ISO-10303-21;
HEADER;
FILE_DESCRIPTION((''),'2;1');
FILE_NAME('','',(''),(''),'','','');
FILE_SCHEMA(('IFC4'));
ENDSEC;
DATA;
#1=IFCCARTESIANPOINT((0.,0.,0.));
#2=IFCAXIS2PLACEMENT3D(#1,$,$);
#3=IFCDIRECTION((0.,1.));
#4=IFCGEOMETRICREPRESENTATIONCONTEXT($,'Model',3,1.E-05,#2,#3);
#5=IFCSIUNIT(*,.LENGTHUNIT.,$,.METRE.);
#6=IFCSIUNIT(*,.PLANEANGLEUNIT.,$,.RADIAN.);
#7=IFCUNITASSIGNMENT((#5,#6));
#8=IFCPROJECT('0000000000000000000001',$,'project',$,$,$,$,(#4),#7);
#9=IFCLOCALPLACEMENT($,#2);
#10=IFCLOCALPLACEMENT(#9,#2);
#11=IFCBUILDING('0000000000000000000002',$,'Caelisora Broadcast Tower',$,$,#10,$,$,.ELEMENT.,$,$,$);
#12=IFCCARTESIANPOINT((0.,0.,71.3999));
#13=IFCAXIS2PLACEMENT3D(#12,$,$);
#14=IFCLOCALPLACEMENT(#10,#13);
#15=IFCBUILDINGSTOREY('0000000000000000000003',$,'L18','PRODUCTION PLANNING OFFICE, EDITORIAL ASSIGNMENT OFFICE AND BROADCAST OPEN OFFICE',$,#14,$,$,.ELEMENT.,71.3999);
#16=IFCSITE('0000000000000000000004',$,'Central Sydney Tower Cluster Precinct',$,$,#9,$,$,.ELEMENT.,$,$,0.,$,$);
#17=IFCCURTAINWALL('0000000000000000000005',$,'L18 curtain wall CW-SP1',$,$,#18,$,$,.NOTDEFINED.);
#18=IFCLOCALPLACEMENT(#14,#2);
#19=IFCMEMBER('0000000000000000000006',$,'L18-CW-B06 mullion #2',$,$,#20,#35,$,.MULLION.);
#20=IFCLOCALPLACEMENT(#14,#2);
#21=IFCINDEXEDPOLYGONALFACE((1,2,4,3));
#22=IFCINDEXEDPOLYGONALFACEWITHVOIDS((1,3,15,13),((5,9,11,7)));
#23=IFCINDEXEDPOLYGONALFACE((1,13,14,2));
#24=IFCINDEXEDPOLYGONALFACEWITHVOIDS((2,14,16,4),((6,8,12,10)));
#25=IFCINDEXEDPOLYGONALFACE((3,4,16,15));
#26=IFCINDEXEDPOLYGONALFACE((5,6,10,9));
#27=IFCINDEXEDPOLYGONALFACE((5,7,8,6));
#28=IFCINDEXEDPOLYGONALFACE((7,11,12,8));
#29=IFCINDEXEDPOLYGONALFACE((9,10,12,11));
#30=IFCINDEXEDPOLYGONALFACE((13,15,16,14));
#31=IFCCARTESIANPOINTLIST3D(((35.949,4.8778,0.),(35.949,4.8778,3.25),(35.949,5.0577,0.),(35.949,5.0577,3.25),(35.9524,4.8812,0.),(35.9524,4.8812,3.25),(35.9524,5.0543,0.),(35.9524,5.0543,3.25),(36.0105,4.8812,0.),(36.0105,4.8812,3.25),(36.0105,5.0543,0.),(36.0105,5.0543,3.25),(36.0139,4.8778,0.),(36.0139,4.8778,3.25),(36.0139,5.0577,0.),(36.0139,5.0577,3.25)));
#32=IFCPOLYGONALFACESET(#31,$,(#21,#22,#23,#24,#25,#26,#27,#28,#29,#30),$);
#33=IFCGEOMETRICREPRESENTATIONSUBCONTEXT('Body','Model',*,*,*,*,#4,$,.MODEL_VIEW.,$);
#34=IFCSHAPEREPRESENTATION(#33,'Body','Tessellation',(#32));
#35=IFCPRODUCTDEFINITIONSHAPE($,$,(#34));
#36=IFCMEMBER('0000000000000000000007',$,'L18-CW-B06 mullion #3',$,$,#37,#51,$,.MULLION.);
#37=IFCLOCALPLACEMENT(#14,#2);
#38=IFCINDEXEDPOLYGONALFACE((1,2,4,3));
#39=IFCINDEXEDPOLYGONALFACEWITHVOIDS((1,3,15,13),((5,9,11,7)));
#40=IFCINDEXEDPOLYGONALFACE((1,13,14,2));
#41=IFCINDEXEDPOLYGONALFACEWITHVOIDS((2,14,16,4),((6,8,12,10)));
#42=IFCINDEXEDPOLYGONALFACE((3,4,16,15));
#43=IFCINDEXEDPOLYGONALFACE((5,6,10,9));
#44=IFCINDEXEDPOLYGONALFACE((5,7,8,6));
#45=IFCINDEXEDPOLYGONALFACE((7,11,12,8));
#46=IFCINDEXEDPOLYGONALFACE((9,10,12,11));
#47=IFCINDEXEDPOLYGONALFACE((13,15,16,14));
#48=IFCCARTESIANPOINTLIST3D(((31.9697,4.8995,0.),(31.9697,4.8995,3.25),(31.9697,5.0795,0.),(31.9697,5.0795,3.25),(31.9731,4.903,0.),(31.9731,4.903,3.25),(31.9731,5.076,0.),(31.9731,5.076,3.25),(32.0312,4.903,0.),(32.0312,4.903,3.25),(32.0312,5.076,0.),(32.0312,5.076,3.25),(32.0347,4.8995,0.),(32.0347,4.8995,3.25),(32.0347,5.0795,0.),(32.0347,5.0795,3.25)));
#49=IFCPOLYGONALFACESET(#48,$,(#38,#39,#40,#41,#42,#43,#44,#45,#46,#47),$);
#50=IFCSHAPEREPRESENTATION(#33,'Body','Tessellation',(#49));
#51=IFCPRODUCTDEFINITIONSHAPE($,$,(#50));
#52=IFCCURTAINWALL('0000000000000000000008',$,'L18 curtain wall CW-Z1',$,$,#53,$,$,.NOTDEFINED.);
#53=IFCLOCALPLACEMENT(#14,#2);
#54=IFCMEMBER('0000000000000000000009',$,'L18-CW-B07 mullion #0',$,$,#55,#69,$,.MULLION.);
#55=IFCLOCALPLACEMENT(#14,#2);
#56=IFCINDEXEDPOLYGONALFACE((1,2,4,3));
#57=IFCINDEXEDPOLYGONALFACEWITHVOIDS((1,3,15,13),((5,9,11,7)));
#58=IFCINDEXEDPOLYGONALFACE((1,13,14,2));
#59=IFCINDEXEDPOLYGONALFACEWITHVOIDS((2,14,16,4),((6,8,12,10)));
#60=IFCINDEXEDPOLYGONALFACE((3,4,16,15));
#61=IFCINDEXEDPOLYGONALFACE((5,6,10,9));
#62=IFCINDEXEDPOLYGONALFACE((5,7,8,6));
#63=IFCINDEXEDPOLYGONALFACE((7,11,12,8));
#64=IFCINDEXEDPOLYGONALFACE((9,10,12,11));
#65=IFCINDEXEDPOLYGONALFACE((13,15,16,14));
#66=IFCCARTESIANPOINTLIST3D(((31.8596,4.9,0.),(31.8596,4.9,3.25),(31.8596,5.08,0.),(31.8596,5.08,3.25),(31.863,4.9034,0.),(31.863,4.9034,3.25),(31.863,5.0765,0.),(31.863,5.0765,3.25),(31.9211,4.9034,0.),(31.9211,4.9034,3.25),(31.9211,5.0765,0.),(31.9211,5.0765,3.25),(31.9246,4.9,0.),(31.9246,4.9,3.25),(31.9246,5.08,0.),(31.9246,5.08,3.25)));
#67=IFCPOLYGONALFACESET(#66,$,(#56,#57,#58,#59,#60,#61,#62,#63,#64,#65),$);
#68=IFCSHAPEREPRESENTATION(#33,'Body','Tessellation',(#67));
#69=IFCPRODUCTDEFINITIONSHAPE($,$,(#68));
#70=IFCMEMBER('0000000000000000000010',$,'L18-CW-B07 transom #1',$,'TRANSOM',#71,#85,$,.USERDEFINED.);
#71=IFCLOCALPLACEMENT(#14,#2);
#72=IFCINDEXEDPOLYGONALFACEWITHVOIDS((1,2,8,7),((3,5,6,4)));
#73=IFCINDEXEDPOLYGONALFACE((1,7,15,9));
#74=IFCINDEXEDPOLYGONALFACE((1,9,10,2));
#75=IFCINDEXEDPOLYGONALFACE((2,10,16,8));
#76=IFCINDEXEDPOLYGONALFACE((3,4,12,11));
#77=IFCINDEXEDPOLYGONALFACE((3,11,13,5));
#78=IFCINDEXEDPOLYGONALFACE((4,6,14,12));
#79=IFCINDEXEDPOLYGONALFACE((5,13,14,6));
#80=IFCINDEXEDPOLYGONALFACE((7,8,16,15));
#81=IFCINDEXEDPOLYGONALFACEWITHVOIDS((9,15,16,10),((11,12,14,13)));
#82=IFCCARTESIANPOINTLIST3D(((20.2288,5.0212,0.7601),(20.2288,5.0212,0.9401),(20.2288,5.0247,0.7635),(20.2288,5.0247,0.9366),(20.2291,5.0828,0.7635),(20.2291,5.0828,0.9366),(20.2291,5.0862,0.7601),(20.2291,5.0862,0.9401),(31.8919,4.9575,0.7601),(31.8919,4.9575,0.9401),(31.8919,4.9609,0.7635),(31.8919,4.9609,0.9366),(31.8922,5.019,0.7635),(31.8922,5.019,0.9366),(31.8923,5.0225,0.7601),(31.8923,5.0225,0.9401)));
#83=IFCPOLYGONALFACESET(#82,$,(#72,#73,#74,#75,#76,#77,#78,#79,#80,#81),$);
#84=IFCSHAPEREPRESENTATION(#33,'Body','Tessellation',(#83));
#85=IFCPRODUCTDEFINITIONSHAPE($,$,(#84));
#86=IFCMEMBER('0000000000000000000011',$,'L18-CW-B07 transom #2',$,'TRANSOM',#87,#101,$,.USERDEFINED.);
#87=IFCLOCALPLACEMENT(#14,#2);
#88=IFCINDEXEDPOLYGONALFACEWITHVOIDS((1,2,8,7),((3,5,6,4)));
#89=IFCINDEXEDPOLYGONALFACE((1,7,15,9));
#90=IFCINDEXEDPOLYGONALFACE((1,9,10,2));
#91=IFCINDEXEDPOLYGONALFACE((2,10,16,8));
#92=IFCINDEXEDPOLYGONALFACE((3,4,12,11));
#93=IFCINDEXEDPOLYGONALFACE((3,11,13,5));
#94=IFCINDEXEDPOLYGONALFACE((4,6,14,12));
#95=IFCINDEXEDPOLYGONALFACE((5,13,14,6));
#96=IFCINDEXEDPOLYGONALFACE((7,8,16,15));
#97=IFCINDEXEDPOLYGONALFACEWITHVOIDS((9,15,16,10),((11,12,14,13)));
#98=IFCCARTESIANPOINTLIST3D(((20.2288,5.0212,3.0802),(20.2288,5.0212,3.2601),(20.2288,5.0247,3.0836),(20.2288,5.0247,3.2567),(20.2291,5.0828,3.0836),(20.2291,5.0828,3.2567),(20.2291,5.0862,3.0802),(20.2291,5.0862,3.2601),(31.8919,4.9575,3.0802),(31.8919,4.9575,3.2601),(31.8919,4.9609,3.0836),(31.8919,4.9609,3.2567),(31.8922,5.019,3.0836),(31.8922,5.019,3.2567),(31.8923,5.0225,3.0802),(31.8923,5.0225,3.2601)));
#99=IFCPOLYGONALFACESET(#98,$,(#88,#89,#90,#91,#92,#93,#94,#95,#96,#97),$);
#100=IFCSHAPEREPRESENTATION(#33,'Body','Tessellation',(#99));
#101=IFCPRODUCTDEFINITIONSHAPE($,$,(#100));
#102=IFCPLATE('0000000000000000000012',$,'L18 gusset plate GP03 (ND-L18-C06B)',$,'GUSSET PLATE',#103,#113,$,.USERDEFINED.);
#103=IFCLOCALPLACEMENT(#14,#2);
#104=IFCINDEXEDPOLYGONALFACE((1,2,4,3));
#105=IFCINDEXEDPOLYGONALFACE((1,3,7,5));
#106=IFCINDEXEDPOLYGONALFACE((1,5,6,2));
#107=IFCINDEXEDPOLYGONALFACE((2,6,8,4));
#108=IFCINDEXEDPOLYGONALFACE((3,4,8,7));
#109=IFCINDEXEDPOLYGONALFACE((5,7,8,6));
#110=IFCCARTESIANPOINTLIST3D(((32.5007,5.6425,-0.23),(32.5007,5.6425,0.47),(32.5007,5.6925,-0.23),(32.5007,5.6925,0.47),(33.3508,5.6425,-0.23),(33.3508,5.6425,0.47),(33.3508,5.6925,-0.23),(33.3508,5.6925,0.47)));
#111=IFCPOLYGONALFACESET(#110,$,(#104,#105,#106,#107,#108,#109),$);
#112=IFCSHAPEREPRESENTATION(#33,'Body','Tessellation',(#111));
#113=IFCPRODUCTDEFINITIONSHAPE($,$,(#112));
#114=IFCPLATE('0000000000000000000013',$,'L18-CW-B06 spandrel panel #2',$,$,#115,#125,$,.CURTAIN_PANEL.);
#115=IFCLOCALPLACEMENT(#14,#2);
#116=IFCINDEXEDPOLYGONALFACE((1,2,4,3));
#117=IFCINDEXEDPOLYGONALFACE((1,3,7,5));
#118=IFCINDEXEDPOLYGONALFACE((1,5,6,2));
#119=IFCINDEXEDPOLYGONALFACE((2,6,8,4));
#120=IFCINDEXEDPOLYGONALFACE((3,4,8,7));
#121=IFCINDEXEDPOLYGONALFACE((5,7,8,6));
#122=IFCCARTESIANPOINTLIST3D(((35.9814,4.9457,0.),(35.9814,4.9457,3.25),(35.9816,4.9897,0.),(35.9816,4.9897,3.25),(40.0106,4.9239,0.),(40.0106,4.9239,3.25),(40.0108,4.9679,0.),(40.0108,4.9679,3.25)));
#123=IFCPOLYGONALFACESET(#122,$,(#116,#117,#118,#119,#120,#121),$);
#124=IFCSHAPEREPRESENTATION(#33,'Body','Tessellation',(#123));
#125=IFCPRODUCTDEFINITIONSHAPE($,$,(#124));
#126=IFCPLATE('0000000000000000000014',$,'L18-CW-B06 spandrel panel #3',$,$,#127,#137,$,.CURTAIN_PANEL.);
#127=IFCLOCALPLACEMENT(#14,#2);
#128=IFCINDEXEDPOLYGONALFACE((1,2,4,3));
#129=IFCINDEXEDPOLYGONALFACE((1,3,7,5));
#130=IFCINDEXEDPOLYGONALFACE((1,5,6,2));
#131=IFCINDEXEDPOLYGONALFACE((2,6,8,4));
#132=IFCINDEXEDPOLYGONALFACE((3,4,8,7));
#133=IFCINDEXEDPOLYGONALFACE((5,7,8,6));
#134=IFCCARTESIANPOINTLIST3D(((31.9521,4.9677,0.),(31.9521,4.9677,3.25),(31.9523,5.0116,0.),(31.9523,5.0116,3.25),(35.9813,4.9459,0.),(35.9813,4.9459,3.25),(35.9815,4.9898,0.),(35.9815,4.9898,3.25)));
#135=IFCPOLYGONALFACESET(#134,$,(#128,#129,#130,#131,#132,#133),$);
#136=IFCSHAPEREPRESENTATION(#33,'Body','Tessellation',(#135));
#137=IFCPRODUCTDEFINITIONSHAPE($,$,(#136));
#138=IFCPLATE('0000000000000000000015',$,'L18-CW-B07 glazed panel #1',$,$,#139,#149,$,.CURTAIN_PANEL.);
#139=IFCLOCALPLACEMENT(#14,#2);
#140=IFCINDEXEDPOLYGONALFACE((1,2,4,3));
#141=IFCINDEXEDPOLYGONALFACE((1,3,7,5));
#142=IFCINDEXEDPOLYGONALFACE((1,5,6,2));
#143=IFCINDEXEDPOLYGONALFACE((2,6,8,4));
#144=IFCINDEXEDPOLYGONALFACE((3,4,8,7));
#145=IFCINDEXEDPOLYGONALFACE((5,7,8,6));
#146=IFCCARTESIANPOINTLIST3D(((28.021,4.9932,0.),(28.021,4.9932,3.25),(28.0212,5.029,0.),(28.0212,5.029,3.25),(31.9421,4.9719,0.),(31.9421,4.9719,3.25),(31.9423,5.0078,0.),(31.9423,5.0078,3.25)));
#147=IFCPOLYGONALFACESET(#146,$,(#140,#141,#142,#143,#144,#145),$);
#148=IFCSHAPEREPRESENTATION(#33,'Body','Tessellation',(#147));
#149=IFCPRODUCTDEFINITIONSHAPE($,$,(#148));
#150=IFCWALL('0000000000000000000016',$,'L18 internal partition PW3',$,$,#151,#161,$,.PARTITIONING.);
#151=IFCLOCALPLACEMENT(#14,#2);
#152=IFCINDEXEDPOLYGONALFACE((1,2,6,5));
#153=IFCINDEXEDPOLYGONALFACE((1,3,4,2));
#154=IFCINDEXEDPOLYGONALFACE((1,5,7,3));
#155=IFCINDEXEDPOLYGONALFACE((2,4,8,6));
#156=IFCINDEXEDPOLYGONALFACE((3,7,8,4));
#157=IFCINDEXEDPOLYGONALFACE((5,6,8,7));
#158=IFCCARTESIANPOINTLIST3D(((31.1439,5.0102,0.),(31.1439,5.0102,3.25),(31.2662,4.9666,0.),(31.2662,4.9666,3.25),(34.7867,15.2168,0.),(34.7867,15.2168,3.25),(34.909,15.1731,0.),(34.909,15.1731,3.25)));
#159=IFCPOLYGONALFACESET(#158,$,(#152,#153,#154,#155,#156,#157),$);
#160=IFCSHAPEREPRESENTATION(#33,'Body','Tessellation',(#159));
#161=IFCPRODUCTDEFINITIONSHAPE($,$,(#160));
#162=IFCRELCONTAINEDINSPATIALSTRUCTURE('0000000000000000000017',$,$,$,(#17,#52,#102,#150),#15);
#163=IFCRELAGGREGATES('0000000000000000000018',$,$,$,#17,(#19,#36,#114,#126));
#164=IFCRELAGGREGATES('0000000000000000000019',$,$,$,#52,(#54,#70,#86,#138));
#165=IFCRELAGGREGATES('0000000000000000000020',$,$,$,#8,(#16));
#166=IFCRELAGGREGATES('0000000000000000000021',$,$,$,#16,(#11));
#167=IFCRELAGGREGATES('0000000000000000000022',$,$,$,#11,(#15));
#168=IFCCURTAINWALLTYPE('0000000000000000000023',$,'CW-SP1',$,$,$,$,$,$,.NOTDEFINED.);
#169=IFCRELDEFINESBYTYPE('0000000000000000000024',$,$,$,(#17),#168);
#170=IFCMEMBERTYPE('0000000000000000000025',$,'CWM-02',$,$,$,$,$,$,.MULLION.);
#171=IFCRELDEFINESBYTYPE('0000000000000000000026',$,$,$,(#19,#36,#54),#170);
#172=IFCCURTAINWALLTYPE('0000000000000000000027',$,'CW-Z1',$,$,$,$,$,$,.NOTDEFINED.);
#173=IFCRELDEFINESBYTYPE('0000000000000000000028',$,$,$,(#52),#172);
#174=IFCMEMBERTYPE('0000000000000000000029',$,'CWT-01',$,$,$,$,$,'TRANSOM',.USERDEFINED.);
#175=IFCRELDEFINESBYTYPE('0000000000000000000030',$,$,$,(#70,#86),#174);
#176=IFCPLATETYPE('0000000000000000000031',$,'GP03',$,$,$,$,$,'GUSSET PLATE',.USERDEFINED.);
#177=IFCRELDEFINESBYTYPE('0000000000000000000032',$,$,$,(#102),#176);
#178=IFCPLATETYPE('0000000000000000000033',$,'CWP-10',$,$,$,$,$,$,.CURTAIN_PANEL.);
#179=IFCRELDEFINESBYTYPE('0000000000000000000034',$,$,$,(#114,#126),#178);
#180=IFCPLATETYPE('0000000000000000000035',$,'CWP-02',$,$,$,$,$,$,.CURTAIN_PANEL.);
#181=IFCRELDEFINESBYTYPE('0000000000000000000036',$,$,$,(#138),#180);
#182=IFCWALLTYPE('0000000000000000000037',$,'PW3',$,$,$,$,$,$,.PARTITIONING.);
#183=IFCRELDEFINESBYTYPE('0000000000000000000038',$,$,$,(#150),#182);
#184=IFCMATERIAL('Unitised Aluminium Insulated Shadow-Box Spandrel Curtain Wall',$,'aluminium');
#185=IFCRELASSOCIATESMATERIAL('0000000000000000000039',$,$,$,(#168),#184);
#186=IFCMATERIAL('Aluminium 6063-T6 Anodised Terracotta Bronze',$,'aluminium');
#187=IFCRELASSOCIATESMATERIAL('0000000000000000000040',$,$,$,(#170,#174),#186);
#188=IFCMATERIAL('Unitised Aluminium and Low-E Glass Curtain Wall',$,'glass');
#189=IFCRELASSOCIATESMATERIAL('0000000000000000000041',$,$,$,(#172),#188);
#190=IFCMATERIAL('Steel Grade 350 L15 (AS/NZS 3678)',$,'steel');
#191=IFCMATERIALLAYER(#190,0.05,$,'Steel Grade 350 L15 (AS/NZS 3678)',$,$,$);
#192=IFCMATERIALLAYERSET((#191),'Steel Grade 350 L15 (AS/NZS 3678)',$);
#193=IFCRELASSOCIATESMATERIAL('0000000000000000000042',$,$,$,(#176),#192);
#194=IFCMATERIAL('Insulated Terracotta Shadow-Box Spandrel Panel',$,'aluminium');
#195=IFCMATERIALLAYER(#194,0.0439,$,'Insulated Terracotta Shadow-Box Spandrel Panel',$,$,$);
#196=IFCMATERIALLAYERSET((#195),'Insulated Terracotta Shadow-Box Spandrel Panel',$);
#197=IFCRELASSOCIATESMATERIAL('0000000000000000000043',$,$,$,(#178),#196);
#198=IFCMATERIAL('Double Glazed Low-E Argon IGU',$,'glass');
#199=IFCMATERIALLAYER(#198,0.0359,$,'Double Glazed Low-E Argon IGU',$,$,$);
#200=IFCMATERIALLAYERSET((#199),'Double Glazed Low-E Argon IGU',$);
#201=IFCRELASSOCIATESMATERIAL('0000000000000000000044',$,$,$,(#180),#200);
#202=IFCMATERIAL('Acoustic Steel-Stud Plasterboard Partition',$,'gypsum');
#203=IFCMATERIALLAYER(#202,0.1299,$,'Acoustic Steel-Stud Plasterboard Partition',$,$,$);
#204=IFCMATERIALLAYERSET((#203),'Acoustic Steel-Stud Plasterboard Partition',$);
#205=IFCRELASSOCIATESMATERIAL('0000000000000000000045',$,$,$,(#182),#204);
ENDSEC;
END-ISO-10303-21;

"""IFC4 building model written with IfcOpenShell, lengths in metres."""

from ifc_helpers import new_model, si_unit, direction, frame, frame_2d, origin, origin_2d, place, context, subcontext, project, spatial, rectangle, hollow_rectangle, extrude, source, transform, mapped, material, layer, layer_set, material_profile, profile_set, type_object, type_shapes, element, aggregate, save


model = new_model("IFC4")

# Units and contexts
model_context = context("Model", 3, precision=1e-05, world=origin(), true_north=direction((0.0, 1.0)))
body_context = subcontext(model_context, "Body", "Model", "MODEL_VIEW")
ifc_project = project(units=[si_unit("LENGTHUNIT", "METRE"), si_unit("PLANEANGLEUNIT", "RADIAN")], contexts=[model_context])

# Site, building, storey
site_placement = place(None, origin())
site = spatial("IfcSite", under=ifc_project, at=site_placement, Name="Central Sydney Tower Cluster Precinct", CompositionType="ELEMENT", RefElevation=0.0)
building_placement = place(site_placement, origin())
building = spatial("IfcBuilding", under=site, at=building_placement, Name="Caelisora Broadcast Tower", CompositionType="ELEMENT")
storey_placement = place(building_placement, frame((0.0, 0.0, 71.3999)))
storey = spatial("IfcBuildingStorey", under=building, at=storey_placement, Name="L18", Description="PRODUCTION PLANNING OFFICE, EDITORIAL ASSIGNMENT OFFICE AND BROADCAST OPEN OFFICE", CompositionType="ELEMENT", Elevation=71.3999)

# Shared definitions
ifc_material_1 = material(Name="Steel Grade 350 L15 (AS/NZS 3678)", Category="steel")

# Curtain walls, members
ifc_material_2 = material(Name="Unitised Aluminium Insulated Shadow-Box Spandrel Curtain Wall", Category="aluminium")
curtain_wall_type_1 = type_object("IfcCurtainWallType", Name="CW-SP1", PredefinedType="NOTDEFINED", material=ifc_material_2)
curtain_wall_1_placement = place(storey_placement, origin())
curtain_wall_1 = element("IfcCurtainWall", 1, at=curtain_wall_1_placement, inside=storey, type_object=curtain_wall_type_1, Name="L18 curtain wall CW-SP1", PredefinedType="NOTDEFINED")
ifc_material_3 = material(Name="Aluminium 6063-T6 Anodised Terracotta Bronze", Category="aluminium")
ifc_material_profile_1 = material_profile(ifc_material_3, hollow_rectangle(XDim=0.0649, YDim=0.1799, WallThickness=0.0034, at=origin_2d()), Name="Aluminium 6063-T6 Anodised Terracotta Bronze")
ifc_profile_set_1 = profile_set([ifc_material_profile_1], Name="Aluminium 6063-T6 Anodised Terracotta Bronze")
member_type_1 = type_object("IfcMemberType", Name="CWM-02", PredefinedType="MULLION", material=ifc_profile_set_1)
shared_shape_1 = source(origin(), body_context, "Body", "SweptSolid", [
    extrude(hollow_rectangle(XDim=0.0649, YDim=0.1799, WallThickness=0.0034, at=origin_2d()), origin(), (0.0, 0.0, 1.0), 3.25),
])
type_shapes(member_type_1, [shared_shape_1])
member_1_placement = place(storey_placement, frame((35.9814, 4.9678, 0.0), z_axis=(0.0, 0.0, 1.0), x_axis=(1.0, 0.0, 0.0)))
member_1 = element("IfcMember", 2, at=member_1_placement, type_object=member_type_1, Name="L18-CW-B06 mullion #2", PredefinedType="MULLION", context=body_context, shape_type="MappedRepresentation", body=[
    mapped(shared_shape_1, transform((0.0, 0.0, 0.0), scale=1.0)),
])
member_2_placement = place(storey_placement, frame((32.0022, 4.9895, 0.0), z_axis=(0.0, 0.0, 1.0), x_axis=(1.0, 0.0, 0.0)))
member_2 = element("IfcMember", 3, at=member_2_placement, type_object=member_type_1, Name="L18-CW-B06 mullion #3", PredefinedType="MULLION", context=body_context, shape_type="MappedRepresentation", body=[
    mapped(shared_shape_1, transform((0.0, 0.0, 0.0), scale=1.0)),
])
ifc_material_4 = material(Name="Unitised Aluminium and Low-E Glass Curtain Wall", Category="glass")
curtain_wall_type_2 = type_object("IfcCurtainWallType", Name="CW-Z1", PredefinedType="NOTDEFINED", material=ifc_material_4)
curtain_wall_2_placement = place(storey_placement, origin())
curtain_wall_2 = element("IfcCurtainWall", 4, at=curtain_wall_2_placement, inside=storey, type_object=curtain_wall_type_2, Name="L18 curtain wall CW-Z1", PredefinedType="NOTDEFINED")
member_3_placement = place(storey_placement, frame((31.8921, 4.99, 0.0), z_axis=(0.0, 0.0, 1.0), x_axis=(1.0, 0.0, 0.0)))
member_3 = element("IfcMember", 5, at=member_3_placement, type_object=member_type_1, Name="L18-CW-B07 mullion #0", PredefinedType="MULLION", context=body_context, shape_type="MappedRepresentation", body=[
    mapped(shared_shape_1, transform((0.0, 0.0, 0.0), scale=1.0)),
])
ifc_material_profile_2 = material_profile(ifc_material_3, hollow_rectangle(XDim=0.0649, YDim=0.1799, WallThickness=0.0034, at=origin_2d()), Name="Aluminium 6063-T6 Anodised Terracotta Bronze")
ifc_profile_set_2 = profile_set([ifc_material_profile_2], Name="Aluminium 6063-T6 Anodised Terracotta Bronze")
member_type_2 = type_object("IfcMemberType", Name="CWT-01", ElementType="TRANSOM", PredefinedType="USERDEFINED", material=ifc_profile_set_2)
shared_shape_2 = source(origin(), body_context, "Body", "SweptSolid", [
    extrude(hollow_rectangle(XDim=0.0649, YDim=0.1799, WallThickness=0.0034, at=origin_2d()), origin(), (0.0, 0.0, 1.0), 11.6633),
])
type_shapes(member_type_2, [shared_shape_2])
member_4_placement = place(storey_placement, frame((31.8921, 4.99, 0.8501), z_axis=(-0.999985, 0.005463, 0.0), x_axis=(-0.005463, -0.999985, 0.0)))
member_4 = element("IfcMember", 6, at=member_4_placement, type_object=member_type_2, Name="L18-CW-B07 transom #1", ObjectType="TRANSOM", PredefinedType="USERDEFINED", context=body_context, shape_type="MappedRepresentation", body=[
    mapped(shared_shape_2, transform((0.0, 0.0, 0.0), scale=1.0)),
])
member_5_placement = place(storey_placement, frame((31.8921, 4.99, 3.1702), z_axis=(-0.999985, 0.005463, 0.0), x_axis=(-0.005463, -0.999985, 0.0)))
member_5 = element("IfcMember", 7, at=member_5_placement, type_object=member_type_2, Name="L18-CW-B07 transom #2", ObjectType="TRANSOM", PredefinedType="USERDEFINED", context=body_context, shape_type="MappedRepresentation", body=[
    mapped(shared_shape_2, transform((0.0, 0.0, 0.0), scale=1.0)),
])

# Plates
ifc_layer_1 = layer(ifc_material_1, 0.05, Name="Steel Grade 350 L15 (AS/NZS 3678)")
ifc_layer_set_1 = layer_set([ifc_layer_1], Name="Steel Grade 350 L15 (AS/NZS 3678)")
plate_type_1 = type_object("IfcPlateType", Name="GP03", ElementType="GUSSET PLATE", PredefinedType="USERDEFINED", material=ifc_layer_set_1)
shared_shape_3 = source(origin(), body_context, "Body", "SweptSolid", [
    extrude(rectangle(XDim=0.8501, YDim=0.05, at=origin_2d()), origin(), (0.0, 0.0, 1.0), 0.7),
])
type_shapes(plate_type_1, [shared_shape_3])
plate_1_placement = place(storey_placement, frame((32.9258, 5.6675, -0.23), z_axis=(0.0, 0.0, 1.0), x_axis=(1.0, 0.0, 0.0)))
element("IfcPlate", 8, at=plate_1_placement, inside=storey, type_object=plate_type_1, Name="L18 gusset plate GP03 (ND-L18-C06B)", ObjectType="GUSSET PLATE", PredefinedType="USERDEFINED", context=body_context, shape_type="MappedRepresentation", body=[
    mapped(shared_shape_3, transform((0.0, 0.0, 0.0), scale=1.0)),
])
ifc_material_5 = material(Name="Insulated Terracotta Shadow-Box Spandrel Panel", Category="aluminium")
ifc_layer_2 = layer(ifc_material_5, 0.0439, Name="Insulated Terracotta Shadow-Box Spandrel Panel")
ifc_layer_set_2 = layer_set([ifc_layer_2], Name="Insulated Terracotta Shadow-Box Spandrel Panel")
plate_type_2 = type_object("IfcPlateType", Name="CWP-10", PredefinedType="CURTAIN_PANEL", material=ifc_layer_set_2)
shared_shape_4 = source(origin(), body_context, "Body", "SweptSolid", [
    extrude(rectangle(XDim=4.0293, YDim=0.0439, at=origin_2d()), origin(), (0.0, 0.0, 1.0), 3.25),
])
type_shapes(plate_type_2, [shared_shape_4])
plate_2_placement = place(storey_placement, frame((37.9961, 4.9568, 0.0), z_axis=(0.0, 0.0, 1.0), x_axis=(-0.999985, 0.00541, 0.0)))
plate_2 = element("IfcPlate", 9, at=plate_2_placement, type_object=plate_type_2, Name="L18-CW-B06 spandrel panel #2", PredefinedType="CURTAIN_PANEL", context=body_context, shape_type="MappedRepresentation", body=[
    mapped(shared_shape_4, transform((0.0, 0.0, 0.0), scale=1.0)),
])
plate_3_placement = place(storey_placement, frame((33.9668, 4.9788, 0.0), z_axis=(0.0, 0.0, 1.0), x_axis=(-0.999985, 0.00541, 0.0)))
plate_3 = element("IfcPlate", 10, at=plate_3_placement, type_object=plate_type_2, Name="L18-CW-B06 spandrel panel #3", PredefinedType="CURTAIN_PANEL", context=body_context, shape_type="MappedRepresentation", body=[
    mapped(shared_shape_4, transform((0.0, 0.0, 0.0), scale=1.0)),
])
aggregate(curtain_wall_1, [member_1, member_2, plate_2, plate_3])
ifc_material_6 = material(Name="Double Glazed Low-E Argon IGU", Category="glass")
ifc_layer_3 = layer(ifc_material_6, 0.0359, Name="Double Glazed Low-E Argon IGU")
ifc_layer_set_3 = layer_set([ifc_layer_3], Name="Double Glazed Low-E Argon IGU")
plate_type_3 = type_object("IfcPlateType", Name="CWP-02", PredefinedType="CURTAIN_PANEL", material=ifc_layer_set_3)
shared_shape_5 = source(origin(), body_context, "Body", "SweptSolid", [
    extrude(rectangle(XDim=3.9211, YDim=0.0359, at=origin_2d()), origin(), (0.0, 0.0, 1.0), 3.25),
])
type_shapes(plate_type_3, [shared_shape_5])
plate_4_placement = place(storey_placement, frame((29.9817, 5.0005, 0.0), z_axis=(0.0, 0.0, 1.0), x_axis=(-0.999985, 0.00541, 0.0)))
plate_4 = element("IfcPlate", 11, at=plate_4_placement, type_object=plate_type_3, Name="L18-CW-B07 glazed panel #1", PredefinedType="CURTAIN_PANEL", context=body_context, shape_type="MappedRepresentation", body=[
    mapped(shared_shape_5, transform((0.0, 0.0, 0.0), scale=1.0)),
])
aggregate(curtain_wall_2, [member_3, member_4, member_5, plate_4])

# Wall
ifc_material_7 = material(Name="Acoustic Steel-Stud Plasterboard Partition", Category="gypsum")
ifc_layer_4 = layer(ifc_material_7, 0.1299, Name="Acoustic Steel-Stud Plasterboard Partition")
ifc_layer_set_4 = layer_set([ifc_layer_4], Name="Acoustic Steel-Stud Plasterboard Partition")
wall_type = type_object("IfcWallType", Name="PW3", PredefinedType="PARTITIONING", material=ifc_layer_set_4)
wall_1_placement = place(storey_placement, frame((31.2051, 4.9885, 0.0), z_axis=(0.0, 0.0, 1.0), x_axis=(0.336142, 0.941811, 0.0)))
element("IfcWall", 12, at=wall_1_placement, inside=storey, type_object=wall_type, Name="L18 internal partition PW3", PredefinedType="PARTITIONING", context=body_context, shape_type="SweptSolid", body=[
    extrude(rectangle(XDim=10.8372, YDim=0.1299, at=frame_2d((5.4185, 0.0))), origin(), (0.0, 0.0, 1.0), 3.25),
])

save(model, "model.ifc")
